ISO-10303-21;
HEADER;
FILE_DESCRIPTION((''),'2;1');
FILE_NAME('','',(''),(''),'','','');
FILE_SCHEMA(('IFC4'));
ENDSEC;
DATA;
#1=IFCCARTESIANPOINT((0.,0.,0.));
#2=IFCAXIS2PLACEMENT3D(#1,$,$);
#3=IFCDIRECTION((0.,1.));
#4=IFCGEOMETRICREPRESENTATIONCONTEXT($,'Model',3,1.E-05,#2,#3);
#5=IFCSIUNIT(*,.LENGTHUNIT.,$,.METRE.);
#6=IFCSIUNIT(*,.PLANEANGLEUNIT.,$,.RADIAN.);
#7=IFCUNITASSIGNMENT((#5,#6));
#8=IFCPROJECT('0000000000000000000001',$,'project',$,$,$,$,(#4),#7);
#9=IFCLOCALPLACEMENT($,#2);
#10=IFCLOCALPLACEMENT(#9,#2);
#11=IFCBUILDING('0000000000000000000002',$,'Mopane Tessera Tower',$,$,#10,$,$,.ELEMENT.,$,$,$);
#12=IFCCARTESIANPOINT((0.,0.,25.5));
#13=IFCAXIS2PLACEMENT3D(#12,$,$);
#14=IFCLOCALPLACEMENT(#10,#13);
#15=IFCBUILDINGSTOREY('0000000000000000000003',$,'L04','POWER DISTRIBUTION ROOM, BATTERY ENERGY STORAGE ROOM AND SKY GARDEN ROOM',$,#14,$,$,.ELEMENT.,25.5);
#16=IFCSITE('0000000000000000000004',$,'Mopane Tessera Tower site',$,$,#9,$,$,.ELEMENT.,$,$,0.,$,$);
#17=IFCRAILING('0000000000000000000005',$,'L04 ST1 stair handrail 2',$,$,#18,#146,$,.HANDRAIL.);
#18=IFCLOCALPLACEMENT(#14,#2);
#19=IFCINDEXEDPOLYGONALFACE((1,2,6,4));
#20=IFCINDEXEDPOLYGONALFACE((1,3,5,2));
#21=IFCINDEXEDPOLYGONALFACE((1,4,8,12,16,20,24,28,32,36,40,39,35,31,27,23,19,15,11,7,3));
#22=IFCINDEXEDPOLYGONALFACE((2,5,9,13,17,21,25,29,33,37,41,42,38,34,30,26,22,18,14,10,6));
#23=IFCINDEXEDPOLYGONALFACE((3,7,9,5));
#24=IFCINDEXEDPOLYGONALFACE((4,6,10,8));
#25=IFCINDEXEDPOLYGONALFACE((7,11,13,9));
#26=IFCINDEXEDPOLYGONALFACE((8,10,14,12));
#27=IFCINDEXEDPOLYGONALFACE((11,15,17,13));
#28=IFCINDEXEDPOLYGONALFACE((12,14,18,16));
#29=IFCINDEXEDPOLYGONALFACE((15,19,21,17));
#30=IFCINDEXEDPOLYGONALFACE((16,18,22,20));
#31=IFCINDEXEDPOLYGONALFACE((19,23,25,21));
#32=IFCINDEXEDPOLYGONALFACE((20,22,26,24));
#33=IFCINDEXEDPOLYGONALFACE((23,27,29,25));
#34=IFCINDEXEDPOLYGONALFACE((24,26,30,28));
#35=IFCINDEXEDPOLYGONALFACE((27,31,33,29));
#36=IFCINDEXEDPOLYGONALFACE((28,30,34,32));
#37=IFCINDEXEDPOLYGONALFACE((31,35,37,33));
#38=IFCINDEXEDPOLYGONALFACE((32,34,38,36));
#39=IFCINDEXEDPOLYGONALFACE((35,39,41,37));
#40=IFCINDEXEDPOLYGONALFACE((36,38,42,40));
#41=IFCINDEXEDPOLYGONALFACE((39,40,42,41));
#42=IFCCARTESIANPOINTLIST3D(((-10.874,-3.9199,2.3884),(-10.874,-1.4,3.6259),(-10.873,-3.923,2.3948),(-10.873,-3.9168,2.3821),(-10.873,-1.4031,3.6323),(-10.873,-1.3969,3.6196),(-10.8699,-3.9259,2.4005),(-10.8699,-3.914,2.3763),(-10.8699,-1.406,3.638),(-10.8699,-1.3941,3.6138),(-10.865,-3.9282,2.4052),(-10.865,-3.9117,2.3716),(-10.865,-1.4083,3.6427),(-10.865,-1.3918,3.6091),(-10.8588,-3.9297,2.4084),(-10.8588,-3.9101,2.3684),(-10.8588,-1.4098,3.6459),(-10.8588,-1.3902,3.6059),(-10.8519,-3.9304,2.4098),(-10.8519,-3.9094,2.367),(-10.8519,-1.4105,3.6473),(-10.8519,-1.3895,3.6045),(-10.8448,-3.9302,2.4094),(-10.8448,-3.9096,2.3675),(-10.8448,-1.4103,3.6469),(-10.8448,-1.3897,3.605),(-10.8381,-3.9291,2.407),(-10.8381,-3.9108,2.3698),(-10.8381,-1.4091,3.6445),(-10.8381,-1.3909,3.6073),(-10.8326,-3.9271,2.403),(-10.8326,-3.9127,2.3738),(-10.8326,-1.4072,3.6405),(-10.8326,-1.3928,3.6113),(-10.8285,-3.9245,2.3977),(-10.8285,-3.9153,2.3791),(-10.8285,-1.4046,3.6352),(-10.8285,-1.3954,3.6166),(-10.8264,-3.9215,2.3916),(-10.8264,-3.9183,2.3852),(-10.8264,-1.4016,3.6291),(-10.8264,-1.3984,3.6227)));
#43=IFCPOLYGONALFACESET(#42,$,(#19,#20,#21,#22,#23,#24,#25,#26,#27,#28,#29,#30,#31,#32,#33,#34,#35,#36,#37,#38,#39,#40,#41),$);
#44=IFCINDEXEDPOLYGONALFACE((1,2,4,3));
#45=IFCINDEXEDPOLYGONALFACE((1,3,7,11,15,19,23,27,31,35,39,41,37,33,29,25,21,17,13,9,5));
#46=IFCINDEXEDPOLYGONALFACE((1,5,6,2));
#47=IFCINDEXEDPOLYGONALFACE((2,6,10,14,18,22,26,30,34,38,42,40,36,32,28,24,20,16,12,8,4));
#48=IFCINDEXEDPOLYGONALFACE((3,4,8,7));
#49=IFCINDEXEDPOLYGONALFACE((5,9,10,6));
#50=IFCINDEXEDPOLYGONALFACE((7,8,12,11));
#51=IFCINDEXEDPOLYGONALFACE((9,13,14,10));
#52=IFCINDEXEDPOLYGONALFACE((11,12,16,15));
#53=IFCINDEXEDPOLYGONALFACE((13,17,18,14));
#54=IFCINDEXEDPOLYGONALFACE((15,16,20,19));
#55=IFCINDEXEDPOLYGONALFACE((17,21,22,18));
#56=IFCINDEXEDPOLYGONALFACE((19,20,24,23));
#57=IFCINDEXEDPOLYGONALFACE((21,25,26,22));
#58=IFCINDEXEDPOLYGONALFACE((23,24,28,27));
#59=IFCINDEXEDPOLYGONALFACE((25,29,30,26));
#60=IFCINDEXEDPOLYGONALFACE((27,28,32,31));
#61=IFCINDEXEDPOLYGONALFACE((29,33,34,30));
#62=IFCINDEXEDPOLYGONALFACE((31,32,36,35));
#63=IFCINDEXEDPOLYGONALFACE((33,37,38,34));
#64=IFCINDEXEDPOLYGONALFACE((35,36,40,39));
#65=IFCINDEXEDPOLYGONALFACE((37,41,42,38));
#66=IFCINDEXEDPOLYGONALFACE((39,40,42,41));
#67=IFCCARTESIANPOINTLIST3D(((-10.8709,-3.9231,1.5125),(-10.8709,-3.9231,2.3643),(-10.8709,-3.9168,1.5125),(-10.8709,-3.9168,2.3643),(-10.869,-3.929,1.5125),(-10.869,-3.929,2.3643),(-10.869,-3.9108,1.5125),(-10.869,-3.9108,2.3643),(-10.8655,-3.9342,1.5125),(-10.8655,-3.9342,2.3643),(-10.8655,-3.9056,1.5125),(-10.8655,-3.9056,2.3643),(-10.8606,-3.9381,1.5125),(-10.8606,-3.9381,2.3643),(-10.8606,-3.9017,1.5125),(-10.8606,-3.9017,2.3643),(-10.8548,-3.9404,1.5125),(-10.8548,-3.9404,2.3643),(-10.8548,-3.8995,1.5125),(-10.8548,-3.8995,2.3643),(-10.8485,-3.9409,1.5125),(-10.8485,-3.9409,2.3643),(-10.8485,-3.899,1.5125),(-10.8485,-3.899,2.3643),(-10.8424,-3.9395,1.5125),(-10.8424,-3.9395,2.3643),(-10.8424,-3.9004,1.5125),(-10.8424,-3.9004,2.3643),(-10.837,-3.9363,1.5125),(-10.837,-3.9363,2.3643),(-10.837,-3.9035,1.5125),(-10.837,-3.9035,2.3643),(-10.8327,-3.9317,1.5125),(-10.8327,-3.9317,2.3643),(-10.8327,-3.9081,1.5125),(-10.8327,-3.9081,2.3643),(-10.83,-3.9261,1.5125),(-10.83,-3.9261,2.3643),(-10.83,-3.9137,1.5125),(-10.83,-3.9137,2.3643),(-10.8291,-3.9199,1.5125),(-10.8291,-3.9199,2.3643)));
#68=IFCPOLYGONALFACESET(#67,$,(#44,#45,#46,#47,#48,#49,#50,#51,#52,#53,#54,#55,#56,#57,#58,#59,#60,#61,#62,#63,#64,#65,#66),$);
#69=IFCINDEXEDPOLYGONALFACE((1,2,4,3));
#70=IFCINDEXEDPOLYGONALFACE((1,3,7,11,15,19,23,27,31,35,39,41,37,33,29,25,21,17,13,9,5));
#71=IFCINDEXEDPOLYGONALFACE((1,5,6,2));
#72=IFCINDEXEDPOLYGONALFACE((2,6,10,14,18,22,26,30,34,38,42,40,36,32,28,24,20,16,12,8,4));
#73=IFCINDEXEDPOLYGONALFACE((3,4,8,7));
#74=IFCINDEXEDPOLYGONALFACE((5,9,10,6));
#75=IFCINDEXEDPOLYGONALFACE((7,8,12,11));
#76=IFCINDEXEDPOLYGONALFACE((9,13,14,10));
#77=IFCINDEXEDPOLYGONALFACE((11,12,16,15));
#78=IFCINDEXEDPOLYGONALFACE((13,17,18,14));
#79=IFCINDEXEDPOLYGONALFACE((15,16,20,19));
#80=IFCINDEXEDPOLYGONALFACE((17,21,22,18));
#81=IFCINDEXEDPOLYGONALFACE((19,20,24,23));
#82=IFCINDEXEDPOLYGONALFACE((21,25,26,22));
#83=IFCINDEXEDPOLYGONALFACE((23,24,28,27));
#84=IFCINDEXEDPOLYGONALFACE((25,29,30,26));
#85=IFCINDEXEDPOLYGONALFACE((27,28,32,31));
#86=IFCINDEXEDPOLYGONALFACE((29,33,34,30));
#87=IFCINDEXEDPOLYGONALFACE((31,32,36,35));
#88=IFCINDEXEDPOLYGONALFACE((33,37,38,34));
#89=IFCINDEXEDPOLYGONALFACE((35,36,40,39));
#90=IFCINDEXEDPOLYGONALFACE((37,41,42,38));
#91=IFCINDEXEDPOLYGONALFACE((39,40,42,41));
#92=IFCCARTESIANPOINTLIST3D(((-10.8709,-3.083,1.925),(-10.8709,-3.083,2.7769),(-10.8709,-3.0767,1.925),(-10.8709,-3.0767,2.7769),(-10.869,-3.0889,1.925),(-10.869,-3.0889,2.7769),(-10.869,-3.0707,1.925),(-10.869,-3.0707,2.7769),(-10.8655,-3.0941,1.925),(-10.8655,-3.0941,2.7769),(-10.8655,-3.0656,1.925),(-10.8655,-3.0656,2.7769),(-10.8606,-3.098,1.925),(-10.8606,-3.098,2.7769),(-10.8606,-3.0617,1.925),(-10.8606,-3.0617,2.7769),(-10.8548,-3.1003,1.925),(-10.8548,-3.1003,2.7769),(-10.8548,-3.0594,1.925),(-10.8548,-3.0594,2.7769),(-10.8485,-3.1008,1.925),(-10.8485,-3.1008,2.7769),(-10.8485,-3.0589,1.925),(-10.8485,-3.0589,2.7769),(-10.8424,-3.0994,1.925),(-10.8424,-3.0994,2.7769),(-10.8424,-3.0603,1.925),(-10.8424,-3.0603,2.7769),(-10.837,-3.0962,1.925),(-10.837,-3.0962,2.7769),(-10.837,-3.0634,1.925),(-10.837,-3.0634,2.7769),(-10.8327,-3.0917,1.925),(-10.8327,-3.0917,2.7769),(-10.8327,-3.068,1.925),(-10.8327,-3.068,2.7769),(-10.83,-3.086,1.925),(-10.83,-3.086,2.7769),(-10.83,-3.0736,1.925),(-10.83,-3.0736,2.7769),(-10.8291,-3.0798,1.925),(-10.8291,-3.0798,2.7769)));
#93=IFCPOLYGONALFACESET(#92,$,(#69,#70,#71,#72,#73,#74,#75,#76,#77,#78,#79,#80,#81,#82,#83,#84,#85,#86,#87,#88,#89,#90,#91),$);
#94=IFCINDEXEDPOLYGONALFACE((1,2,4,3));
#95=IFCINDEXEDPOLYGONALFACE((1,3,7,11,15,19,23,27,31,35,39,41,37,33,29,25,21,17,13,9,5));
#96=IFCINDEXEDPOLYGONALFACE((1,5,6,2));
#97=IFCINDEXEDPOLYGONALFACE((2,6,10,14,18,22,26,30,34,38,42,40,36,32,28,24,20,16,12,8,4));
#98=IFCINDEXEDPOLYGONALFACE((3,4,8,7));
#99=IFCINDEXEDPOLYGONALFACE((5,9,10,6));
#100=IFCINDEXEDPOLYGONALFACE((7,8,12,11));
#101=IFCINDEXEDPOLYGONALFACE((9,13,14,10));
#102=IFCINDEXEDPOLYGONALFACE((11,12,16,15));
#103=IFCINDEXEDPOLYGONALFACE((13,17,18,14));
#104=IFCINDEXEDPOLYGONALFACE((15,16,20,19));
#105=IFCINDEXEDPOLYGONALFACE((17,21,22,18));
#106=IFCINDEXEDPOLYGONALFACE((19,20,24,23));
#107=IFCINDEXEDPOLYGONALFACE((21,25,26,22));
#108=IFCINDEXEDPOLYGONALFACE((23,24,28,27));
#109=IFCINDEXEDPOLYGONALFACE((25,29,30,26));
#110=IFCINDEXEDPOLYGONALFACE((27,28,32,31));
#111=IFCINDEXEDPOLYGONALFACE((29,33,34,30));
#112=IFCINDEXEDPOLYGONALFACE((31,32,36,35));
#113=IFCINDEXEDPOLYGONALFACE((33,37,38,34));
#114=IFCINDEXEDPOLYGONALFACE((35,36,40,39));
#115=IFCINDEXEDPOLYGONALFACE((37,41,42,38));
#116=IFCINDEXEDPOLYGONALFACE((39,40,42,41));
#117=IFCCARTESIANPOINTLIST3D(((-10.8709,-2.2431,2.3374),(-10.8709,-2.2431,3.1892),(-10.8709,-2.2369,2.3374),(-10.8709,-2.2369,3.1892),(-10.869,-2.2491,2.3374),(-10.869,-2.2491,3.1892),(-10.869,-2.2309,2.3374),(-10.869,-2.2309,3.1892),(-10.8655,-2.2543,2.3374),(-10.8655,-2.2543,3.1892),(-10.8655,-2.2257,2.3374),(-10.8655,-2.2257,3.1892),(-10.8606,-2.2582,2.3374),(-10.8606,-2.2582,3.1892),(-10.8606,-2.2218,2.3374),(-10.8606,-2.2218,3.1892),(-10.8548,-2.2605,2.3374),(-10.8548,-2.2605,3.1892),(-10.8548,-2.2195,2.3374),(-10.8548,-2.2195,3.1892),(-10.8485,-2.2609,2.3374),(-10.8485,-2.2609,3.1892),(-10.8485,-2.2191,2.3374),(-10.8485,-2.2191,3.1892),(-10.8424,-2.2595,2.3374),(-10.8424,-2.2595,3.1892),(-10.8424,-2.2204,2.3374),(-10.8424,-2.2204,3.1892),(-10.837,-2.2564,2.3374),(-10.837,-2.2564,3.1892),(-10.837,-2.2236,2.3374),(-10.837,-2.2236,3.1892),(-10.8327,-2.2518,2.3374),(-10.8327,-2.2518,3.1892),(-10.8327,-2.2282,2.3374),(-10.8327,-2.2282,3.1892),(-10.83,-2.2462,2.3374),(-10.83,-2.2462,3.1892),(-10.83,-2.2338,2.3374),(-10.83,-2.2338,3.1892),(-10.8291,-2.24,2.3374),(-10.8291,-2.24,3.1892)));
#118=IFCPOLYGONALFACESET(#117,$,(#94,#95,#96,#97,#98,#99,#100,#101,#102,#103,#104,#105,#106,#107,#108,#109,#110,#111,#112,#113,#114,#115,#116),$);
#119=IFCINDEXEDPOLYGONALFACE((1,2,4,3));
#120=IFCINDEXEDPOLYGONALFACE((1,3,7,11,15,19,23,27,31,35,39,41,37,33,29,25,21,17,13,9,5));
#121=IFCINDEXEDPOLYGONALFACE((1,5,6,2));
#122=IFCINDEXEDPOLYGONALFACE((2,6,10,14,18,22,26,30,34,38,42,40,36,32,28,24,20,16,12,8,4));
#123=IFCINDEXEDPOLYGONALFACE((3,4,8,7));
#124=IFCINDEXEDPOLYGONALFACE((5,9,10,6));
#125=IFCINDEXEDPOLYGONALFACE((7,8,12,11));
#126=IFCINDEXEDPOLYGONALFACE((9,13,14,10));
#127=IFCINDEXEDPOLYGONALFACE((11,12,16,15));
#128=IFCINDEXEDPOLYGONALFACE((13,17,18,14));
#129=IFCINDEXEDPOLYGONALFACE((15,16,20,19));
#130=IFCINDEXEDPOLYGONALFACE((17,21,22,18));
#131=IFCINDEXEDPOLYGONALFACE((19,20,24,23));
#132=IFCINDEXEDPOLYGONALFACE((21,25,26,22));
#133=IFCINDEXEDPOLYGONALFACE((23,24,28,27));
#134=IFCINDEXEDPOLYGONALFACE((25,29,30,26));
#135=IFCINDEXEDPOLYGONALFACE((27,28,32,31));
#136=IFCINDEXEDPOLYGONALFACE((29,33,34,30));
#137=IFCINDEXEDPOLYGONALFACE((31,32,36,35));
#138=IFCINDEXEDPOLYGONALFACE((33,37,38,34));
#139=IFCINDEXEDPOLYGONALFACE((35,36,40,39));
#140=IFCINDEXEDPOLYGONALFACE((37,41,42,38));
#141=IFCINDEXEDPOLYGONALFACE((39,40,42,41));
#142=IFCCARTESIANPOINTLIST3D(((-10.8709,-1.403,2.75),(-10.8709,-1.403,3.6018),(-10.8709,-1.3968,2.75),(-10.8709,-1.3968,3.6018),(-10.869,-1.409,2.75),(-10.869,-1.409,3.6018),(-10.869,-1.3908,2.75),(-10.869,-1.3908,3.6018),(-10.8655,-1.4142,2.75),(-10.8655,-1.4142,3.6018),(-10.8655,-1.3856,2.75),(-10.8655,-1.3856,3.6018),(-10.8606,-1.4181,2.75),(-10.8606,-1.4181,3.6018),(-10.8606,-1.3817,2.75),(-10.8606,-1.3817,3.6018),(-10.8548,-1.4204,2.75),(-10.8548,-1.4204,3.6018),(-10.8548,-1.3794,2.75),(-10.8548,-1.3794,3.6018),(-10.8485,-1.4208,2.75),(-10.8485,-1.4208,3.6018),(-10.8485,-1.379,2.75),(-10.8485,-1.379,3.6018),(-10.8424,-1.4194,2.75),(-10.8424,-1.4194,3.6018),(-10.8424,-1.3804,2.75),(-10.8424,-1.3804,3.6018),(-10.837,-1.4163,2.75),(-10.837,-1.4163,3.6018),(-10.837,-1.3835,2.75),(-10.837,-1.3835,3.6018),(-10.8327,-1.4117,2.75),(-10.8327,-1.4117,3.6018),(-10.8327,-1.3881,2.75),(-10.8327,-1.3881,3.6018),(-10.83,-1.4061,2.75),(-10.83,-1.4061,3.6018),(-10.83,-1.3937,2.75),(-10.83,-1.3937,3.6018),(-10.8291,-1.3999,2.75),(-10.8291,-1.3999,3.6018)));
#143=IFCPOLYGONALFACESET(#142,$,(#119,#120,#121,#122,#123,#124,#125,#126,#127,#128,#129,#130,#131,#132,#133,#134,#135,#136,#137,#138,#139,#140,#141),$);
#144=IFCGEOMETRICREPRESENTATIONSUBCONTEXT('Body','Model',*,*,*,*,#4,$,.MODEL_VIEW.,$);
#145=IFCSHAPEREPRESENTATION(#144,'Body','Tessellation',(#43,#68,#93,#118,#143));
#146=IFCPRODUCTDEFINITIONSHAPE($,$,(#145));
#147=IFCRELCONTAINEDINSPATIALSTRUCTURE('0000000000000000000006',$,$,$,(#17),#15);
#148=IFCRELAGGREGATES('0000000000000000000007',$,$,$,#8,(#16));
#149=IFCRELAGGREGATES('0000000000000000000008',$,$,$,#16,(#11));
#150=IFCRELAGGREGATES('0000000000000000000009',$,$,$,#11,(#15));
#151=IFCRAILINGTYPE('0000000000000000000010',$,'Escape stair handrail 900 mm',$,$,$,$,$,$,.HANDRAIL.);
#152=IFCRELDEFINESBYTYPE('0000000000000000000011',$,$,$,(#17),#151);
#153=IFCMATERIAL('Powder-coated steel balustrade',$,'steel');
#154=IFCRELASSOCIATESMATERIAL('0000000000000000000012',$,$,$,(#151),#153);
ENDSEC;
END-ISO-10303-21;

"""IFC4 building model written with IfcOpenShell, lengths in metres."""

from ifc_helpers import new_model, si_unit, direction, frame, origin, origin_2d, place, context, subcontext, project, spatial, circle, extrude, material, type_object, element, save


model = new_model("IFC4")

# Units and contexts
model_context = context("Model", 3, precision=1e-05, world=origin(), true_north=direction((0.0, 1.0)))
body_context = subcontext(model_context, "Body", "Model", "MODEL_VIEW")
ifc_project = project(units=[si_unit("LENGTHUNIT", "METRE"), si_unit("PLANEANGLEUNIT", "RADIAN")], contexts=[model_context])

# Site, building, storey
site_placement = place(None, origin())
site = spatial("IfcSite", under=ifc_project, at=site_placement, Name="Mopane Tessera Tower site", CompositionType="ELEMENT", RefElevation=0.0)
building_placement = place(site_placement, origin())
building = spatial("IfcBuilding", under=site, at=building_placement, Name="Mopane Tessera Tower", CompositionType="ELEMENT")
storey_placement = place(building_placement, frame((0.0, 0.0, 25.5)))
storey = spatial("IfcBuildingStorey", under=building, at=storey_placement, Name="L04", Description="POWER DISTRIBUTION ROOM, BATTERY ENERGY STORAGE ROOM AND SKY GARDEN ROOM", CompositionType="ELEMENT", Elevation=25.5)

# Railing
ifc_material_1 = material(Name="Powder-coated steel balustrade", Category="steel")
railing_type_1 = type_object("IfcRailingType", Name="Escape stair handrail 900 mm", PredefinedType="HANDRAIL", material=ifc_material_1)
railing_1_placement = place(storey_placement, frame((-10.8501, -3.9199, 1.5125)))
element("IfcRailing", 1, at=railing_1_placement, inside=storey, type_object=railing_type_1, Name="L04 ST1 stair handrail 2", PredefinedType="HANDRAIL", context=body_context, shape_type="SweptSolid", body=[
    extrude(circle(Radius=0.0239, at=origin_2d()), frame((0.0, 0.0, 0.876), z_axis=(0.0, 0.897604, 0.440802), x_axis=(-1.0, 0.0, 0.0)), (0.0, 0.0, 1.0), 2.8074),
    extrude(circle(Radius=0.021, at=origin_2d()), origin(), (0.0, 0.0, 1.0), 0.8518),
    extrude(circle(Radius=0.021, at=origin_2d()), frame((0.0, 0.8401, 0.4126)), (0.0, 0.0, 1.0), 0.8518),
    extrude(circle(Radius=0.021, at=origin_2d()), frame((0.0, 1.6799, 0.825)), (0.0, 0.0, 1.0), 0.8518),
    extrude(circle(Radius=0.021, at=origin_2d()), frame((0.0, 2.52, 1.2375)), (0.0, 0.0, 1.0), 0.8518),
])

save(model, "model.ifc")
